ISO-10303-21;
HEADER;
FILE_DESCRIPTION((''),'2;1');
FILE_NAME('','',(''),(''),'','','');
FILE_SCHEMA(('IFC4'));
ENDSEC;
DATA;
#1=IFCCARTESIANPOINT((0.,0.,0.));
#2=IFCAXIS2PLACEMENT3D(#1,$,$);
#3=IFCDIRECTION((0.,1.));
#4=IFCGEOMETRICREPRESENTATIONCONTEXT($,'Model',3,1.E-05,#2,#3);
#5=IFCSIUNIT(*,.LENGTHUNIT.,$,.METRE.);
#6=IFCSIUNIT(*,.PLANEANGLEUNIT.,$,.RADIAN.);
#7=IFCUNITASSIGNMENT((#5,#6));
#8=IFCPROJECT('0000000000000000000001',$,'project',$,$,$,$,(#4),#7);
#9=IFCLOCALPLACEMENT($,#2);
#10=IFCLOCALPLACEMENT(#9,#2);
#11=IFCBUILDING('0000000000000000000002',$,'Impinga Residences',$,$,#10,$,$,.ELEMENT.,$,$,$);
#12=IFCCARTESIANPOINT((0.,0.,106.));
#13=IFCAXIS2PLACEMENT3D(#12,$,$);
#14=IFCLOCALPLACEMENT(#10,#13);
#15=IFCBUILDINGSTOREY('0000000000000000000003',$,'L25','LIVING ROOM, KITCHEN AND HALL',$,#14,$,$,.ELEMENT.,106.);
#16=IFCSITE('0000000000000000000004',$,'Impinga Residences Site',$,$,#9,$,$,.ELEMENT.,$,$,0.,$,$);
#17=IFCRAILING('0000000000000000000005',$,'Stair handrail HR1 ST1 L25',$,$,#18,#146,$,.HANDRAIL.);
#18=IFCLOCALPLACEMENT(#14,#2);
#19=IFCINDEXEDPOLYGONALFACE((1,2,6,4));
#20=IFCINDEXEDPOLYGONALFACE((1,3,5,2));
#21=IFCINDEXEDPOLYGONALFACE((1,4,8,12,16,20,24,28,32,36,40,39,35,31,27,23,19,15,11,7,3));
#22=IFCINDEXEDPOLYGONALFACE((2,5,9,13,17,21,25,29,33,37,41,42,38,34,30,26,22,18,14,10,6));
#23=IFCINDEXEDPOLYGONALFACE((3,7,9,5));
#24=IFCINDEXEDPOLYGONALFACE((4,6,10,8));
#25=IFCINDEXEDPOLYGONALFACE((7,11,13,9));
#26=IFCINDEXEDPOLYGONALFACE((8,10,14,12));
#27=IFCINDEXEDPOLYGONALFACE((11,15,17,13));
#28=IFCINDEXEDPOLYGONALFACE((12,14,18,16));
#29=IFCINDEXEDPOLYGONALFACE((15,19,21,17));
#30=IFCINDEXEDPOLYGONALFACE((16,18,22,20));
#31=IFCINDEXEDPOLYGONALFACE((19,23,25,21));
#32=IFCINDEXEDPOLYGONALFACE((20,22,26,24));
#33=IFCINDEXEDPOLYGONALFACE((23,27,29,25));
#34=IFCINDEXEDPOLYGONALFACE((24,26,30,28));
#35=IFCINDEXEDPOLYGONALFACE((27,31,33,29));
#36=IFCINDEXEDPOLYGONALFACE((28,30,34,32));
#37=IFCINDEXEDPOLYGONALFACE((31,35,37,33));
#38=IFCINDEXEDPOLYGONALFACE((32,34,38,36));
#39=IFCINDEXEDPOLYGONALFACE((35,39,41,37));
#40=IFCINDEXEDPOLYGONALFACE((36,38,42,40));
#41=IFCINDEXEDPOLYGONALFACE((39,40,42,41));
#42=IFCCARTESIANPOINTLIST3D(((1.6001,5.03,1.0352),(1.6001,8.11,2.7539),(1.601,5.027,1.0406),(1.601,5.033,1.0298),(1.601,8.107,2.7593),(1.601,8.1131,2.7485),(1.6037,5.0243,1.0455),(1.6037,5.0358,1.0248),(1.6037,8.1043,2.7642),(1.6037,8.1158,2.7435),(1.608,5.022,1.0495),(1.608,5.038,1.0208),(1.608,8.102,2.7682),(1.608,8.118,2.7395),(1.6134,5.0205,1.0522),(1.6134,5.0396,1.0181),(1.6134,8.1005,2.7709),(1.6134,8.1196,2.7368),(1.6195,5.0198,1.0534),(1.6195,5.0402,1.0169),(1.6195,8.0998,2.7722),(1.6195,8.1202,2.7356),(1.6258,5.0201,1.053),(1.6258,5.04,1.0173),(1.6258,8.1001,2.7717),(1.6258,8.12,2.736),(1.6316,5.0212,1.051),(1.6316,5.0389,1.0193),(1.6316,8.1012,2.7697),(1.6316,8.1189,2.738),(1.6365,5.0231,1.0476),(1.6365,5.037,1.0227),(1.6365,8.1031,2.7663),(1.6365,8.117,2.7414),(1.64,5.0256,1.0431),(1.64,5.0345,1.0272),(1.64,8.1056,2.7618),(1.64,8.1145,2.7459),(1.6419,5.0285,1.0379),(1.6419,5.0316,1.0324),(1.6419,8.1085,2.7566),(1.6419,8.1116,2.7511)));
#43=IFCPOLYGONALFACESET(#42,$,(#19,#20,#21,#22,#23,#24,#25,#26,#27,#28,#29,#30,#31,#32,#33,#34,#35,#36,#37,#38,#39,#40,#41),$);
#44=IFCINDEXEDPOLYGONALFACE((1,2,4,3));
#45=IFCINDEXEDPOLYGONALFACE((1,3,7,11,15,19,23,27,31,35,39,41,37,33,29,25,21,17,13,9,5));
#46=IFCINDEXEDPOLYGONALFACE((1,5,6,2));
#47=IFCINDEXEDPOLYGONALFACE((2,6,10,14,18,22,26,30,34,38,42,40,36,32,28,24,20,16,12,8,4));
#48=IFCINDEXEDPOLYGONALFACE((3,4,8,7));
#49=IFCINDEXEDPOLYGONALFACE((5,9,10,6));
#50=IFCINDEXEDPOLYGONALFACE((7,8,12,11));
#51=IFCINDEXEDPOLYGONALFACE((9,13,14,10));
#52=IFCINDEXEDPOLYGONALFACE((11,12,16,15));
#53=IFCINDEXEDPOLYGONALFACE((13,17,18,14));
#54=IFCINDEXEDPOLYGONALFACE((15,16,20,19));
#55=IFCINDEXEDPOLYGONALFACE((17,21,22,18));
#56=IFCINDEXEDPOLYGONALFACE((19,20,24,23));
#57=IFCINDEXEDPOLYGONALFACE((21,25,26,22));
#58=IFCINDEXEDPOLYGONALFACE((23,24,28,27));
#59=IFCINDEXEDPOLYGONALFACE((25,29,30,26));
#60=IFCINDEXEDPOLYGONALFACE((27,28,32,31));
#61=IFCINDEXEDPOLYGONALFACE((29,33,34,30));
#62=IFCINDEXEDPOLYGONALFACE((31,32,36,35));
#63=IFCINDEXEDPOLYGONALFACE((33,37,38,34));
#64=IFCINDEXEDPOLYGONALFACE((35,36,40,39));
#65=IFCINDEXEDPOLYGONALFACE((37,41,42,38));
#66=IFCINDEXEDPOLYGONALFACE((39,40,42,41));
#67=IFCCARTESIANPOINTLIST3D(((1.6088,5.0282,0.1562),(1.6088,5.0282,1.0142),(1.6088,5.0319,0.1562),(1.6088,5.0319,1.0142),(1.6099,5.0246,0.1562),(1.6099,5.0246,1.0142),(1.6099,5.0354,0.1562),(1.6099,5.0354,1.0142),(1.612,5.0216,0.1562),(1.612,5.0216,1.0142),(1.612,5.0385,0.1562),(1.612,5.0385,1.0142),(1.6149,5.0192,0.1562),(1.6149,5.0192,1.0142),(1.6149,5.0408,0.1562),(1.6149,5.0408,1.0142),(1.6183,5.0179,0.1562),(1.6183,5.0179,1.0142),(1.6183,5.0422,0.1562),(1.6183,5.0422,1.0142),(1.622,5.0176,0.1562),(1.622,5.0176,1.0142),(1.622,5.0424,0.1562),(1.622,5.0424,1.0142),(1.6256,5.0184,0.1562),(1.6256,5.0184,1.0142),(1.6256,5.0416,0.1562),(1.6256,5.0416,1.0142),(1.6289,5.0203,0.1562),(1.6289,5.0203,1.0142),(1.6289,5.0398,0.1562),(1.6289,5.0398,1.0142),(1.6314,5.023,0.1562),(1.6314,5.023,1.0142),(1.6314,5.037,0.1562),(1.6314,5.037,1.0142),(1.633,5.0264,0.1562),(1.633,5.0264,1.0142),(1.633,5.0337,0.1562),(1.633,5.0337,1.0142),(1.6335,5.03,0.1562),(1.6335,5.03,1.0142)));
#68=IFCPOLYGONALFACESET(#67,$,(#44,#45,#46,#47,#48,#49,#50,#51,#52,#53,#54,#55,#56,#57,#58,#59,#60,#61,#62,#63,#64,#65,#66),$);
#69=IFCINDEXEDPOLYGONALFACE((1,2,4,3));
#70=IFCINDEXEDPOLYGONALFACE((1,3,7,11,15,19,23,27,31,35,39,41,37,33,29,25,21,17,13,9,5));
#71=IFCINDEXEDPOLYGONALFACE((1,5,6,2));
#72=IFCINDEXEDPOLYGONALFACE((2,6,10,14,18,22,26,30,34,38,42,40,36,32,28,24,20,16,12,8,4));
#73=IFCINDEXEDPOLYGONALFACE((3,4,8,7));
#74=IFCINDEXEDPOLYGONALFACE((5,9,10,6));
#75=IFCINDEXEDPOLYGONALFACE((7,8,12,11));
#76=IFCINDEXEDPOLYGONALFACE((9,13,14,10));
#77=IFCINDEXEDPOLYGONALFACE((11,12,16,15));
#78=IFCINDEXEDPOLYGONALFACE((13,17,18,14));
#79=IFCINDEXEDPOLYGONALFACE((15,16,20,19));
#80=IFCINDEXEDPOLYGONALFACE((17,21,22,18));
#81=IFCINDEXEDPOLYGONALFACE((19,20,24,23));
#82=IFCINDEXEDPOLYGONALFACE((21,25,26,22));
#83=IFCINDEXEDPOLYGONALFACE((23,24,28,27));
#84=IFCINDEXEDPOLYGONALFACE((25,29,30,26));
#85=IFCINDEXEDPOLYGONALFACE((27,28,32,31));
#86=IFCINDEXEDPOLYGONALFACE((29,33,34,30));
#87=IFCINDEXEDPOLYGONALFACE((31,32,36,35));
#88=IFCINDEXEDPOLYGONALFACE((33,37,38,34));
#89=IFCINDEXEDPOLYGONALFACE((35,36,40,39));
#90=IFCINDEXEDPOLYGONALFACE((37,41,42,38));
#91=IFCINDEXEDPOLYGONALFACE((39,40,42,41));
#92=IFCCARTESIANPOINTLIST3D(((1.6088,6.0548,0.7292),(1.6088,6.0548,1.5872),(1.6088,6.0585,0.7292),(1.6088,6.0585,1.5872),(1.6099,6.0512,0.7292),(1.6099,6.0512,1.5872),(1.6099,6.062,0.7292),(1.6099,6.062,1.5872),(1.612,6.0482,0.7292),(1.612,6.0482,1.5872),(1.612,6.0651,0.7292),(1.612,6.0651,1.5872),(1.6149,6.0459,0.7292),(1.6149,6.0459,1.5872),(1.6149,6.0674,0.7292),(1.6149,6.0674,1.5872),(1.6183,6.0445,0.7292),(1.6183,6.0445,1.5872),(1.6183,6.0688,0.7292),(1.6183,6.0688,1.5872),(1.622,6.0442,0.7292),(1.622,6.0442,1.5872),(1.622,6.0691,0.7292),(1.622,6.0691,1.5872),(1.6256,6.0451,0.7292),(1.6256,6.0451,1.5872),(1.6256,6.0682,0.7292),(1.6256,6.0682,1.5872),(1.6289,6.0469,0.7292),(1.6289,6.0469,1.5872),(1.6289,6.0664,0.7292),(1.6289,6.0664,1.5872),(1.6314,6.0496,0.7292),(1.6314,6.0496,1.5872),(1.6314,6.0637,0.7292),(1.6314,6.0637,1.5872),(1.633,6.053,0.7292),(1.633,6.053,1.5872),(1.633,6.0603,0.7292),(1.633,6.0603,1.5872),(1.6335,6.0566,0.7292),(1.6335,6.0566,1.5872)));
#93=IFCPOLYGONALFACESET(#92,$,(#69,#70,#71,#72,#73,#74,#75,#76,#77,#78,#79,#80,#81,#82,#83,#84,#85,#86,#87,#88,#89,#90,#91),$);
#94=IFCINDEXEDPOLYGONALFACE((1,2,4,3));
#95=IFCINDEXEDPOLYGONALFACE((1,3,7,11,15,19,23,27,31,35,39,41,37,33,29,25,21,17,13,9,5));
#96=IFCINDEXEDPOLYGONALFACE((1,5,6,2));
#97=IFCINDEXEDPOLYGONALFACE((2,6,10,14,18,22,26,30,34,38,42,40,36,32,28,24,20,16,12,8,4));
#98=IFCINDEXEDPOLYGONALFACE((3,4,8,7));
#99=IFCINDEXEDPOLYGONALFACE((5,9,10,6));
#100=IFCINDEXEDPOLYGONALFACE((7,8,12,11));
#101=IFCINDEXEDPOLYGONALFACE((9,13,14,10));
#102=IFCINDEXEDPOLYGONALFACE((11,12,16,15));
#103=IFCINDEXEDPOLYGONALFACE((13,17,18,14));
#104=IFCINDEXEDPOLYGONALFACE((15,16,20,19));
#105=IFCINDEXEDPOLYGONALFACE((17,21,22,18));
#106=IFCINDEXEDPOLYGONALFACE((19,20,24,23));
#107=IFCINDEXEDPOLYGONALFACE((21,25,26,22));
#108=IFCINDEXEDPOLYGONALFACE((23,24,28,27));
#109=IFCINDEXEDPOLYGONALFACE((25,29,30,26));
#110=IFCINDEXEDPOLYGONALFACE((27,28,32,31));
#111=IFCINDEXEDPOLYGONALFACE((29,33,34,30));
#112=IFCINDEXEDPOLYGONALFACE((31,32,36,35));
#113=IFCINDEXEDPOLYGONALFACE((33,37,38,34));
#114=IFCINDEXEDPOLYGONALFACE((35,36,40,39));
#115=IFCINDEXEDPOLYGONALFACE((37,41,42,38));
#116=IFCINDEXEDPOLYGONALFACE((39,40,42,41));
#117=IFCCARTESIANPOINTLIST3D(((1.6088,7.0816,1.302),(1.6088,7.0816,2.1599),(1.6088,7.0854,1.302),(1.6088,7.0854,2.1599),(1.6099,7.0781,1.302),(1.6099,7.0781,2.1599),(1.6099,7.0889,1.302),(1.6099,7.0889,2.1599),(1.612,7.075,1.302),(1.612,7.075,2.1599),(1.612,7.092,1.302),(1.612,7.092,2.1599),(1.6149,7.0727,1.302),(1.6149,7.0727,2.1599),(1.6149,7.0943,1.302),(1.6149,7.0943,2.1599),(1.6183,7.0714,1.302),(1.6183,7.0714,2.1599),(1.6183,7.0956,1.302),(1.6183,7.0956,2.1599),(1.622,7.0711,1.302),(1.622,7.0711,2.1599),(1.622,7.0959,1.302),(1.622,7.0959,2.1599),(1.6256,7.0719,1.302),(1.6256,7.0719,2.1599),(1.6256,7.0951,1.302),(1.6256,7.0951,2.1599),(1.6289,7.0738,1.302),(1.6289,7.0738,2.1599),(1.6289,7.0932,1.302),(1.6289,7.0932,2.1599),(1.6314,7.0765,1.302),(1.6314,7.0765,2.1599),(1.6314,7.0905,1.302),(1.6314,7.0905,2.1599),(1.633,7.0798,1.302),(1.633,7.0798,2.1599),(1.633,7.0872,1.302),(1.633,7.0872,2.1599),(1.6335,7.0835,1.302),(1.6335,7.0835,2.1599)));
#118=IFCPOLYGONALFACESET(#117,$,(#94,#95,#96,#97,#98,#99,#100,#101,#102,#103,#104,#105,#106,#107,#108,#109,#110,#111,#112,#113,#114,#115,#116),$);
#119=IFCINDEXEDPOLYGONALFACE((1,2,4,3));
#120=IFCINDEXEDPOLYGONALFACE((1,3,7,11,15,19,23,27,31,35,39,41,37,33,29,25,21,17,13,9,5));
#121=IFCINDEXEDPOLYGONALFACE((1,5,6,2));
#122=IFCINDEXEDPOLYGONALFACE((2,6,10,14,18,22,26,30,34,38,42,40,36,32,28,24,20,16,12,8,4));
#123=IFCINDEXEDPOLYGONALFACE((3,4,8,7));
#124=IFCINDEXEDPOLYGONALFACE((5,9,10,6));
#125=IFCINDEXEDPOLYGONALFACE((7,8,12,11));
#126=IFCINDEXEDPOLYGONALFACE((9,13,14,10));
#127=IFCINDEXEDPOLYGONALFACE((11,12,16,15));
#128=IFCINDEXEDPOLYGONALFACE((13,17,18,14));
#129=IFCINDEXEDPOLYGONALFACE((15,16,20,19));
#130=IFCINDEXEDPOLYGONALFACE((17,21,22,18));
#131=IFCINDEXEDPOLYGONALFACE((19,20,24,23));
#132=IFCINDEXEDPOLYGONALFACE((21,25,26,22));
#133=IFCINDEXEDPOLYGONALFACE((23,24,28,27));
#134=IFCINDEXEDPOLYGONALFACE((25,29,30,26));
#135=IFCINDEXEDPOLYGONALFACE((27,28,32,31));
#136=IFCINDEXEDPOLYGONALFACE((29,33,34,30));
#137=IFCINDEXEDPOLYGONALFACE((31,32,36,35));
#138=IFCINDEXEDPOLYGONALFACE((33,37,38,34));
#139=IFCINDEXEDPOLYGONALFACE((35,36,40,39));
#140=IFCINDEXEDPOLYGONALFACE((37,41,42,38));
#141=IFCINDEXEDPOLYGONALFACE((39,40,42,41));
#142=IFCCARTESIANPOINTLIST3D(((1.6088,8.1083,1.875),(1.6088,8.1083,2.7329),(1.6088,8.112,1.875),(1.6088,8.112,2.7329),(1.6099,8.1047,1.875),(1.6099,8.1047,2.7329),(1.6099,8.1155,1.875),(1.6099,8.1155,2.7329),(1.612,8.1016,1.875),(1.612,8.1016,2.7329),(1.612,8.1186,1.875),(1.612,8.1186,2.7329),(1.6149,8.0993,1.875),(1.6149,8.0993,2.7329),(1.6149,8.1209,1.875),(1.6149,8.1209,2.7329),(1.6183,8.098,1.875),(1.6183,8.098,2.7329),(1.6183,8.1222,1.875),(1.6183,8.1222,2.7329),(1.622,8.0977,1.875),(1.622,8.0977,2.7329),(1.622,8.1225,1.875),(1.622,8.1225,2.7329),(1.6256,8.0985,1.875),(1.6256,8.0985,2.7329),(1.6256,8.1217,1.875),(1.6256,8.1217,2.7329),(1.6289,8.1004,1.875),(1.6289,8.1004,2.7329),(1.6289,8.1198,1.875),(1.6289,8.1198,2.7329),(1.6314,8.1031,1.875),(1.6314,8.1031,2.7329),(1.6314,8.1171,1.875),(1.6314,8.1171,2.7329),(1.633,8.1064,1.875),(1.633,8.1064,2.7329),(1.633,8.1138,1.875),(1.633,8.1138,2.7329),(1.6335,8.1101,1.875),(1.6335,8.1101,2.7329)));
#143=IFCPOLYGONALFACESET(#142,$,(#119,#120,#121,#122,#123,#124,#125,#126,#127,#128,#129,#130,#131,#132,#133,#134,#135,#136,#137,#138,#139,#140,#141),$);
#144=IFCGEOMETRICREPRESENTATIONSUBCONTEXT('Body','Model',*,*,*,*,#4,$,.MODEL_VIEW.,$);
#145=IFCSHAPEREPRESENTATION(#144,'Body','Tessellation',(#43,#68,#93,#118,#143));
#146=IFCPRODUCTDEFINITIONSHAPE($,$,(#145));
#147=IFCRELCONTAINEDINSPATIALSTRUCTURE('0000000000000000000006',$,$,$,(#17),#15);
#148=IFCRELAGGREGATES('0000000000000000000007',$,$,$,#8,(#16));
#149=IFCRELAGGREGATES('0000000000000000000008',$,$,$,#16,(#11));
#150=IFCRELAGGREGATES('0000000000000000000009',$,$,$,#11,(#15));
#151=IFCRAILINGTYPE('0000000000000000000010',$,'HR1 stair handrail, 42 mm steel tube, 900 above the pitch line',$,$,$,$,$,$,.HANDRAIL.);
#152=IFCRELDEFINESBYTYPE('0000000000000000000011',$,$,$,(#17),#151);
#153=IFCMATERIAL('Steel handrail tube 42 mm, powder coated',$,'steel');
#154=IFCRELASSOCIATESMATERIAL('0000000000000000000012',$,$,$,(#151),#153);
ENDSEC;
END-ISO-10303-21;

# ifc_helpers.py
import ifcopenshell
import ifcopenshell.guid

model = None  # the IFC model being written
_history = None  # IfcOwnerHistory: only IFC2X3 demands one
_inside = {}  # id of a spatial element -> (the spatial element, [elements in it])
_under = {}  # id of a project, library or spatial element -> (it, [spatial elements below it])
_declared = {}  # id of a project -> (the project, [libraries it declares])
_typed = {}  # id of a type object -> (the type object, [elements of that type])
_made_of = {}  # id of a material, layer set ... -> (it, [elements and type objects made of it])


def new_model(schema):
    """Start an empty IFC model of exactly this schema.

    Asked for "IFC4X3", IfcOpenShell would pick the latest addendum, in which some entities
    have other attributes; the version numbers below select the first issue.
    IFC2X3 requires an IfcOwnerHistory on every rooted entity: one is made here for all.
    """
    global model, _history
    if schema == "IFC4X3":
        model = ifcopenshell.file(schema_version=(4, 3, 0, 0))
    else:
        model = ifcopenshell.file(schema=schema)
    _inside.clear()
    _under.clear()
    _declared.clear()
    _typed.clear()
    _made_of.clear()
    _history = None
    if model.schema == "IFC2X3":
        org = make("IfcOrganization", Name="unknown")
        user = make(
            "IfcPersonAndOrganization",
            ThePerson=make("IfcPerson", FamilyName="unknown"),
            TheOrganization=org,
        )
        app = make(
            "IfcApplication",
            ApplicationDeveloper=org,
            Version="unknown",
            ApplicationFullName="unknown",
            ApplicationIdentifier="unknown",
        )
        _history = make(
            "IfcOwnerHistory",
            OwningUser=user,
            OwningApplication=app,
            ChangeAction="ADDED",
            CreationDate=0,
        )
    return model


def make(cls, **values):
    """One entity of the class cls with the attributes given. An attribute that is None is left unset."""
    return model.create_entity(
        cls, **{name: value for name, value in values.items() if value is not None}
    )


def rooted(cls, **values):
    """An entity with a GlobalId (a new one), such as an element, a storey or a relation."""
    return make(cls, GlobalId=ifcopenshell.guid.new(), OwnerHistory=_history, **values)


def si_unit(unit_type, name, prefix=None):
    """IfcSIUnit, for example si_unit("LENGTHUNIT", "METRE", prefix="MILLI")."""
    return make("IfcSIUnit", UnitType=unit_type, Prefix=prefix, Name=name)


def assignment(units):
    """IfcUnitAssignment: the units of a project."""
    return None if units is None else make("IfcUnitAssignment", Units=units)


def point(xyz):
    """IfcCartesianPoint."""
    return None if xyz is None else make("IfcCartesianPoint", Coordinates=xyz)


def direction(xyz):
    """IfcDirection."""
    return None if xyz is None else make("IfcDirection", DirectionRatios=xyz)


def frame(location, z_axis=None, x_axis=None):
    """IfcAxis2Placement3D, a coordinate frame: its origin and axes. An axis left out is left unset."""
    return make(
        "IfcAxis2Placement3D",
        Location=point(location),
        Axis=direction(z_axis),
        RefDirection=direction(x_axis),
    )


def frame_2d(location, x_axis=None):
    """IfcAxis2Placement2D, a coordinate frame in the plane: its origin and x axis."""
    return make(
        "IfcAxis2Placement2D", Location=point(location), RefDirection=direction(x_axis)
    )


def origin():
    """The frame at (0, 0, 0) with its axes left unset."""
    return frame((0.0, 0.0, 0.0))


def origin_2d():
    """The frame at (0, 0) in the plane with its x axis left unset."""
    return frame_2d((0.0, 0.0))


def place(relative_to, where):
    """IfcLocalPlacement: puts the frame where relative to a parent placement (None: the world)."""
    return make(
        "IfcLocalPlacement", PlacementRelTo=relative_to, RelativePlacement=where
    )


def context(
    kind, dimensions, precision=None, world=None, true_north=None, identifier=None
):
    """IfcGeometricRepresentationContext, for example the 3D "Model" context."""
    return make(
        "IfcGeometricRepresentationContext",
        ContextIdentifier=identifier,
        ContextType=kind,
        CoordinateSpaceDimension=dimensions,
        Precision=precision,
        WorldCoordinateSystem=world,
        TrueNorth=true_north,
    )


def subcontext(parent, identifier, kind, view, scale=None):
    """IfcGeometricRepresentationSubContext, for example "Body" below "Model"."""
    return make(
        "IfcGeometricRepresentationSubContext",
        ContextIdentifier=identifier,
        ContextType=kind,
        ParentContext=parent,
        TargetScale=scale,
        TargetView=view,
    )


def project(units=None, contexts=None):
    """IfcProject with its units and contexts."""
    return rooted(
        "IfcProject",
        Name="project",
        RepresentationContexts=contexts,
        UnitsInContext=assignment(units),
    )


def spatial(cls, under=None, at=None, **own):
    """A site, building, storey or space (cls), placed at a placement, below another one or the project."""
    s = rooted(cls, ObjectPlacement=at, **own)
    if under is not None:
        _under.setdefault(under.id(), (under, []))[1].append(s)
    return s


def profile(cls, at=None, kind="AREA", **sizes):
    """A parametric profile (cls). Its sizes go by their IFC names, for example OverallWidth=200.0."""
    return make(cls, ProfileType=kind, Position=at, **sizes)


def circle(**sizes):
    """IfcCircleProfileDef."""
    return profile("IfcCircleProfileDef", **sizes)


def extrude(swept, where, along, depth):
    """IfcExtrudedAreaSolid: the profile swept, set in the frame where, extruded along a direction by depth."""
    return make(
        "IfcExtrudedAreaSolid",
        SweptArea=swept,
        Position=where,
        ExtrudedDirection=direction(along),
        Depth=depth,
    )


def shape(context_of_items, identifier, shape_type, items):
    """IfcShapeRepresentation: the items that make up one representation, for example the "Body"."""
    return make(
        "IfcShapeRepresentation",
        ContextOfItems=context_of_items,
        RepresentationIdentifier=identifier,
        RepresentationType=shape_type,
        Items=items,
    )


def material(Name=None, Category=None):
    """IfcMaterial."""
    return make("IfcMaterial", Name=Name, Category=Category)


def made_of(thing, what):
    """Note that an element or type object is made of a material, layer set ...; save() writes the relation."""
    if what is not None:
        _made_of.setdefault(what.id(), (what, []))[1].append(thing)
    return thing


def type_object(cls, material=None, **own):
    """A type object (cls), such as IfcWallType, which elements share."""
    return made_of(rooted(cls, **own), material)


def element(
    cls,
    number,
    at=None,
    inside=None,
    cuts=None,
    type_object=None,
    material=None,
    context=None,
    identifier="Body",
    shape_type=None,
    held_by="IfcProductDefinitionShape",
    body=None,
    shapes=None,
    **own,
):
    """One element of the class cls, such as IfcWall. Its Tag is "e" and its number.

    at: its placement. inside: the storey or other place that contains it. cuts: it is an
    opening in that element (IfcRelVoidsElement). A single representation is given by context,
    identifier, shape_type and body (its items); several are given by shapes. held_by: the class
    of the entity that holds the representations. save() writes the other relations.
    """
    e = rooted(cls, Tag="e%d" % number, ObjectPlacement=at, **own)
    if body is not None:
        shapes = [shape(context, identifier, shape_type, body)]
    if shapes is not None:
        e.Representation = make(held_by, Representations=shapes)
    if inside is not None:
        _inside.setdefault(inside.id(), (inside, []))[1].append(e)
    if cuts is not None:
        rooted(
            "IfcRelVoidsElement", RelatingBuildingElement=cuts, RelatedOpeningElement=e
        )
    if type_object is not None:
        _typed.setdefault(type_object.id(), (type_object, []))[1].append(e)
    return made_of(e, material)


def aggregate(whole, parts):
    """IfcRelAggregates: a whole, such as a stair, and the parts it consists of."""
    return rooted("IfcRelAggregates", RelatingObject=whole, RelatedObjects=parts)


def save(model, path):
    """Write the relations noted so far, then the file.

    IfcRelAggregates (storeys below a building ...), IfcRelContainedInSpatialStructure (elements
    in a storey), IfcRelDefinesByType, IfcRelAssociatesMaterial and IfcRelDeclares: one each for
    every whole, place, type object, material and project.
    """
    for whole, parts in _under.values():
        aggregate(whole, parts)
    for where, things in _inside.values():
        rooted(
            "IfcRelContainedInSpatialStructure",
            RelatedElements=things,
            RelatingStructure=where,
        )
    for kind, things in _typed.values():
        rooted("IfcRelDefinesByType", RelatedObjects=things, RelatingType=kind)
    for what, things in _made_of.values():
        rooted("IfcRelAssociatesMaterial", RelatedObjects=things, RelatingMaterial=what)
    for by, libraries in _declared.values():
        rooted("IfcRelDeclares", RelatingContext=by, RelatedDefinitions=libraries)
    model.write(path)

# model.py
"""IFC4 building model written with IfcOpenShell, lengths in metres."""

from ifc_helpers import new_model, si_unit, direction, frame, origin, origin_2d, place, context, subcontext, project, spatial, circle, extrude, material, type_object, element, save


model = new_model("IFC4")

# Units and contexts
model_context = context("Model", 3, precision=1e-05, world=origin(), true_north=direction((0.0, 1.0)))
body_context = subcontext(model_context, "Body", "Model", "MODEL_VIEW")
ifc_project = project(units=[si_unit("LENGTHUNIT", "METRE"), si_unit("PLANEANGLEUNIT", "RADIAN")], contexts=[model_context])

# Site, building, storey
site_placement = place(None, origin())
site = spatial("IfcSite", under=ifc_project, at=site_placement, Name="Impinga Residences Site", CompositionType="ELEMENT", RefElevation=0.0)
building_placement = place(site_placement, origin())
building = spatial("IfcBuilding", under=site, at=building_placement, Name="Impinga Residences", CompositionType="ELEMENT")
storey_placement = place(building_placement, frame((0.0, 0.0, 106.0)))
storey = spatial("IfcBuildingStorey", under=building, at=storey_placement, Name="L25", Description="LIVING ROOM, KITCHEN AND HALL", CompositionType="ELEMENT", Elevation=106.0)

# Railing
ifc_material_1 = material(Name="Steel handrail tube 42 mm, powder coated", Category="steel")
railing_type_1 = type_object("IfcRailingType", Name="HR1 stair handrail, 42 mm steel tube, 900 above the pitch line", PredefinedType="HANDRAIL", material=ifc_material_1)
railing_1_placement = place(storey_placement, frame((1.6211, 5.03, 0.1562)))
element("IfcRailing", 1, at=railing_1_placement, inside=storey, type_object=railing_type_1, Name="Stair handrail HR1 ST1 L25", PredefinedType="HANDRAIL", context=body_context, shape_type="SweptSolid", body=[
    extrude(circle(Radius=0.021, at=origin_2d()), frame((0.0, 0.0, 0.8789), z_axis=(0.0, 0.873242, 0.487288), x_axis=(-1.0, 0.0, 0.0)), (0.0, 0.0, 1.0), 3.5271),
    extrude(circle(Radius=0.0125, at=origin_2d()), origin(), (0.0, 0.0, 1.0), 0.8579),
    extrude(circle(Radius=0.0125, at=origin_2d()), frame((0.0, 1.0266, 0.573)), (0.0, 0.0, 1.0), 0.8579),
    extrude(circle(Radius=0.0125, at=origin_2d()), frame((0.0, 2.0535, 1.1458)), (0.0, 0.0, 1.0), 0.8579),
    extrude(circle(Radius=0.0125, at=origin_2d()), frame((0.0, 3.0801, 1.7188)), (0.0, 0.0, 1.0), 0.8579),
])

save(model, "model.ifc")
